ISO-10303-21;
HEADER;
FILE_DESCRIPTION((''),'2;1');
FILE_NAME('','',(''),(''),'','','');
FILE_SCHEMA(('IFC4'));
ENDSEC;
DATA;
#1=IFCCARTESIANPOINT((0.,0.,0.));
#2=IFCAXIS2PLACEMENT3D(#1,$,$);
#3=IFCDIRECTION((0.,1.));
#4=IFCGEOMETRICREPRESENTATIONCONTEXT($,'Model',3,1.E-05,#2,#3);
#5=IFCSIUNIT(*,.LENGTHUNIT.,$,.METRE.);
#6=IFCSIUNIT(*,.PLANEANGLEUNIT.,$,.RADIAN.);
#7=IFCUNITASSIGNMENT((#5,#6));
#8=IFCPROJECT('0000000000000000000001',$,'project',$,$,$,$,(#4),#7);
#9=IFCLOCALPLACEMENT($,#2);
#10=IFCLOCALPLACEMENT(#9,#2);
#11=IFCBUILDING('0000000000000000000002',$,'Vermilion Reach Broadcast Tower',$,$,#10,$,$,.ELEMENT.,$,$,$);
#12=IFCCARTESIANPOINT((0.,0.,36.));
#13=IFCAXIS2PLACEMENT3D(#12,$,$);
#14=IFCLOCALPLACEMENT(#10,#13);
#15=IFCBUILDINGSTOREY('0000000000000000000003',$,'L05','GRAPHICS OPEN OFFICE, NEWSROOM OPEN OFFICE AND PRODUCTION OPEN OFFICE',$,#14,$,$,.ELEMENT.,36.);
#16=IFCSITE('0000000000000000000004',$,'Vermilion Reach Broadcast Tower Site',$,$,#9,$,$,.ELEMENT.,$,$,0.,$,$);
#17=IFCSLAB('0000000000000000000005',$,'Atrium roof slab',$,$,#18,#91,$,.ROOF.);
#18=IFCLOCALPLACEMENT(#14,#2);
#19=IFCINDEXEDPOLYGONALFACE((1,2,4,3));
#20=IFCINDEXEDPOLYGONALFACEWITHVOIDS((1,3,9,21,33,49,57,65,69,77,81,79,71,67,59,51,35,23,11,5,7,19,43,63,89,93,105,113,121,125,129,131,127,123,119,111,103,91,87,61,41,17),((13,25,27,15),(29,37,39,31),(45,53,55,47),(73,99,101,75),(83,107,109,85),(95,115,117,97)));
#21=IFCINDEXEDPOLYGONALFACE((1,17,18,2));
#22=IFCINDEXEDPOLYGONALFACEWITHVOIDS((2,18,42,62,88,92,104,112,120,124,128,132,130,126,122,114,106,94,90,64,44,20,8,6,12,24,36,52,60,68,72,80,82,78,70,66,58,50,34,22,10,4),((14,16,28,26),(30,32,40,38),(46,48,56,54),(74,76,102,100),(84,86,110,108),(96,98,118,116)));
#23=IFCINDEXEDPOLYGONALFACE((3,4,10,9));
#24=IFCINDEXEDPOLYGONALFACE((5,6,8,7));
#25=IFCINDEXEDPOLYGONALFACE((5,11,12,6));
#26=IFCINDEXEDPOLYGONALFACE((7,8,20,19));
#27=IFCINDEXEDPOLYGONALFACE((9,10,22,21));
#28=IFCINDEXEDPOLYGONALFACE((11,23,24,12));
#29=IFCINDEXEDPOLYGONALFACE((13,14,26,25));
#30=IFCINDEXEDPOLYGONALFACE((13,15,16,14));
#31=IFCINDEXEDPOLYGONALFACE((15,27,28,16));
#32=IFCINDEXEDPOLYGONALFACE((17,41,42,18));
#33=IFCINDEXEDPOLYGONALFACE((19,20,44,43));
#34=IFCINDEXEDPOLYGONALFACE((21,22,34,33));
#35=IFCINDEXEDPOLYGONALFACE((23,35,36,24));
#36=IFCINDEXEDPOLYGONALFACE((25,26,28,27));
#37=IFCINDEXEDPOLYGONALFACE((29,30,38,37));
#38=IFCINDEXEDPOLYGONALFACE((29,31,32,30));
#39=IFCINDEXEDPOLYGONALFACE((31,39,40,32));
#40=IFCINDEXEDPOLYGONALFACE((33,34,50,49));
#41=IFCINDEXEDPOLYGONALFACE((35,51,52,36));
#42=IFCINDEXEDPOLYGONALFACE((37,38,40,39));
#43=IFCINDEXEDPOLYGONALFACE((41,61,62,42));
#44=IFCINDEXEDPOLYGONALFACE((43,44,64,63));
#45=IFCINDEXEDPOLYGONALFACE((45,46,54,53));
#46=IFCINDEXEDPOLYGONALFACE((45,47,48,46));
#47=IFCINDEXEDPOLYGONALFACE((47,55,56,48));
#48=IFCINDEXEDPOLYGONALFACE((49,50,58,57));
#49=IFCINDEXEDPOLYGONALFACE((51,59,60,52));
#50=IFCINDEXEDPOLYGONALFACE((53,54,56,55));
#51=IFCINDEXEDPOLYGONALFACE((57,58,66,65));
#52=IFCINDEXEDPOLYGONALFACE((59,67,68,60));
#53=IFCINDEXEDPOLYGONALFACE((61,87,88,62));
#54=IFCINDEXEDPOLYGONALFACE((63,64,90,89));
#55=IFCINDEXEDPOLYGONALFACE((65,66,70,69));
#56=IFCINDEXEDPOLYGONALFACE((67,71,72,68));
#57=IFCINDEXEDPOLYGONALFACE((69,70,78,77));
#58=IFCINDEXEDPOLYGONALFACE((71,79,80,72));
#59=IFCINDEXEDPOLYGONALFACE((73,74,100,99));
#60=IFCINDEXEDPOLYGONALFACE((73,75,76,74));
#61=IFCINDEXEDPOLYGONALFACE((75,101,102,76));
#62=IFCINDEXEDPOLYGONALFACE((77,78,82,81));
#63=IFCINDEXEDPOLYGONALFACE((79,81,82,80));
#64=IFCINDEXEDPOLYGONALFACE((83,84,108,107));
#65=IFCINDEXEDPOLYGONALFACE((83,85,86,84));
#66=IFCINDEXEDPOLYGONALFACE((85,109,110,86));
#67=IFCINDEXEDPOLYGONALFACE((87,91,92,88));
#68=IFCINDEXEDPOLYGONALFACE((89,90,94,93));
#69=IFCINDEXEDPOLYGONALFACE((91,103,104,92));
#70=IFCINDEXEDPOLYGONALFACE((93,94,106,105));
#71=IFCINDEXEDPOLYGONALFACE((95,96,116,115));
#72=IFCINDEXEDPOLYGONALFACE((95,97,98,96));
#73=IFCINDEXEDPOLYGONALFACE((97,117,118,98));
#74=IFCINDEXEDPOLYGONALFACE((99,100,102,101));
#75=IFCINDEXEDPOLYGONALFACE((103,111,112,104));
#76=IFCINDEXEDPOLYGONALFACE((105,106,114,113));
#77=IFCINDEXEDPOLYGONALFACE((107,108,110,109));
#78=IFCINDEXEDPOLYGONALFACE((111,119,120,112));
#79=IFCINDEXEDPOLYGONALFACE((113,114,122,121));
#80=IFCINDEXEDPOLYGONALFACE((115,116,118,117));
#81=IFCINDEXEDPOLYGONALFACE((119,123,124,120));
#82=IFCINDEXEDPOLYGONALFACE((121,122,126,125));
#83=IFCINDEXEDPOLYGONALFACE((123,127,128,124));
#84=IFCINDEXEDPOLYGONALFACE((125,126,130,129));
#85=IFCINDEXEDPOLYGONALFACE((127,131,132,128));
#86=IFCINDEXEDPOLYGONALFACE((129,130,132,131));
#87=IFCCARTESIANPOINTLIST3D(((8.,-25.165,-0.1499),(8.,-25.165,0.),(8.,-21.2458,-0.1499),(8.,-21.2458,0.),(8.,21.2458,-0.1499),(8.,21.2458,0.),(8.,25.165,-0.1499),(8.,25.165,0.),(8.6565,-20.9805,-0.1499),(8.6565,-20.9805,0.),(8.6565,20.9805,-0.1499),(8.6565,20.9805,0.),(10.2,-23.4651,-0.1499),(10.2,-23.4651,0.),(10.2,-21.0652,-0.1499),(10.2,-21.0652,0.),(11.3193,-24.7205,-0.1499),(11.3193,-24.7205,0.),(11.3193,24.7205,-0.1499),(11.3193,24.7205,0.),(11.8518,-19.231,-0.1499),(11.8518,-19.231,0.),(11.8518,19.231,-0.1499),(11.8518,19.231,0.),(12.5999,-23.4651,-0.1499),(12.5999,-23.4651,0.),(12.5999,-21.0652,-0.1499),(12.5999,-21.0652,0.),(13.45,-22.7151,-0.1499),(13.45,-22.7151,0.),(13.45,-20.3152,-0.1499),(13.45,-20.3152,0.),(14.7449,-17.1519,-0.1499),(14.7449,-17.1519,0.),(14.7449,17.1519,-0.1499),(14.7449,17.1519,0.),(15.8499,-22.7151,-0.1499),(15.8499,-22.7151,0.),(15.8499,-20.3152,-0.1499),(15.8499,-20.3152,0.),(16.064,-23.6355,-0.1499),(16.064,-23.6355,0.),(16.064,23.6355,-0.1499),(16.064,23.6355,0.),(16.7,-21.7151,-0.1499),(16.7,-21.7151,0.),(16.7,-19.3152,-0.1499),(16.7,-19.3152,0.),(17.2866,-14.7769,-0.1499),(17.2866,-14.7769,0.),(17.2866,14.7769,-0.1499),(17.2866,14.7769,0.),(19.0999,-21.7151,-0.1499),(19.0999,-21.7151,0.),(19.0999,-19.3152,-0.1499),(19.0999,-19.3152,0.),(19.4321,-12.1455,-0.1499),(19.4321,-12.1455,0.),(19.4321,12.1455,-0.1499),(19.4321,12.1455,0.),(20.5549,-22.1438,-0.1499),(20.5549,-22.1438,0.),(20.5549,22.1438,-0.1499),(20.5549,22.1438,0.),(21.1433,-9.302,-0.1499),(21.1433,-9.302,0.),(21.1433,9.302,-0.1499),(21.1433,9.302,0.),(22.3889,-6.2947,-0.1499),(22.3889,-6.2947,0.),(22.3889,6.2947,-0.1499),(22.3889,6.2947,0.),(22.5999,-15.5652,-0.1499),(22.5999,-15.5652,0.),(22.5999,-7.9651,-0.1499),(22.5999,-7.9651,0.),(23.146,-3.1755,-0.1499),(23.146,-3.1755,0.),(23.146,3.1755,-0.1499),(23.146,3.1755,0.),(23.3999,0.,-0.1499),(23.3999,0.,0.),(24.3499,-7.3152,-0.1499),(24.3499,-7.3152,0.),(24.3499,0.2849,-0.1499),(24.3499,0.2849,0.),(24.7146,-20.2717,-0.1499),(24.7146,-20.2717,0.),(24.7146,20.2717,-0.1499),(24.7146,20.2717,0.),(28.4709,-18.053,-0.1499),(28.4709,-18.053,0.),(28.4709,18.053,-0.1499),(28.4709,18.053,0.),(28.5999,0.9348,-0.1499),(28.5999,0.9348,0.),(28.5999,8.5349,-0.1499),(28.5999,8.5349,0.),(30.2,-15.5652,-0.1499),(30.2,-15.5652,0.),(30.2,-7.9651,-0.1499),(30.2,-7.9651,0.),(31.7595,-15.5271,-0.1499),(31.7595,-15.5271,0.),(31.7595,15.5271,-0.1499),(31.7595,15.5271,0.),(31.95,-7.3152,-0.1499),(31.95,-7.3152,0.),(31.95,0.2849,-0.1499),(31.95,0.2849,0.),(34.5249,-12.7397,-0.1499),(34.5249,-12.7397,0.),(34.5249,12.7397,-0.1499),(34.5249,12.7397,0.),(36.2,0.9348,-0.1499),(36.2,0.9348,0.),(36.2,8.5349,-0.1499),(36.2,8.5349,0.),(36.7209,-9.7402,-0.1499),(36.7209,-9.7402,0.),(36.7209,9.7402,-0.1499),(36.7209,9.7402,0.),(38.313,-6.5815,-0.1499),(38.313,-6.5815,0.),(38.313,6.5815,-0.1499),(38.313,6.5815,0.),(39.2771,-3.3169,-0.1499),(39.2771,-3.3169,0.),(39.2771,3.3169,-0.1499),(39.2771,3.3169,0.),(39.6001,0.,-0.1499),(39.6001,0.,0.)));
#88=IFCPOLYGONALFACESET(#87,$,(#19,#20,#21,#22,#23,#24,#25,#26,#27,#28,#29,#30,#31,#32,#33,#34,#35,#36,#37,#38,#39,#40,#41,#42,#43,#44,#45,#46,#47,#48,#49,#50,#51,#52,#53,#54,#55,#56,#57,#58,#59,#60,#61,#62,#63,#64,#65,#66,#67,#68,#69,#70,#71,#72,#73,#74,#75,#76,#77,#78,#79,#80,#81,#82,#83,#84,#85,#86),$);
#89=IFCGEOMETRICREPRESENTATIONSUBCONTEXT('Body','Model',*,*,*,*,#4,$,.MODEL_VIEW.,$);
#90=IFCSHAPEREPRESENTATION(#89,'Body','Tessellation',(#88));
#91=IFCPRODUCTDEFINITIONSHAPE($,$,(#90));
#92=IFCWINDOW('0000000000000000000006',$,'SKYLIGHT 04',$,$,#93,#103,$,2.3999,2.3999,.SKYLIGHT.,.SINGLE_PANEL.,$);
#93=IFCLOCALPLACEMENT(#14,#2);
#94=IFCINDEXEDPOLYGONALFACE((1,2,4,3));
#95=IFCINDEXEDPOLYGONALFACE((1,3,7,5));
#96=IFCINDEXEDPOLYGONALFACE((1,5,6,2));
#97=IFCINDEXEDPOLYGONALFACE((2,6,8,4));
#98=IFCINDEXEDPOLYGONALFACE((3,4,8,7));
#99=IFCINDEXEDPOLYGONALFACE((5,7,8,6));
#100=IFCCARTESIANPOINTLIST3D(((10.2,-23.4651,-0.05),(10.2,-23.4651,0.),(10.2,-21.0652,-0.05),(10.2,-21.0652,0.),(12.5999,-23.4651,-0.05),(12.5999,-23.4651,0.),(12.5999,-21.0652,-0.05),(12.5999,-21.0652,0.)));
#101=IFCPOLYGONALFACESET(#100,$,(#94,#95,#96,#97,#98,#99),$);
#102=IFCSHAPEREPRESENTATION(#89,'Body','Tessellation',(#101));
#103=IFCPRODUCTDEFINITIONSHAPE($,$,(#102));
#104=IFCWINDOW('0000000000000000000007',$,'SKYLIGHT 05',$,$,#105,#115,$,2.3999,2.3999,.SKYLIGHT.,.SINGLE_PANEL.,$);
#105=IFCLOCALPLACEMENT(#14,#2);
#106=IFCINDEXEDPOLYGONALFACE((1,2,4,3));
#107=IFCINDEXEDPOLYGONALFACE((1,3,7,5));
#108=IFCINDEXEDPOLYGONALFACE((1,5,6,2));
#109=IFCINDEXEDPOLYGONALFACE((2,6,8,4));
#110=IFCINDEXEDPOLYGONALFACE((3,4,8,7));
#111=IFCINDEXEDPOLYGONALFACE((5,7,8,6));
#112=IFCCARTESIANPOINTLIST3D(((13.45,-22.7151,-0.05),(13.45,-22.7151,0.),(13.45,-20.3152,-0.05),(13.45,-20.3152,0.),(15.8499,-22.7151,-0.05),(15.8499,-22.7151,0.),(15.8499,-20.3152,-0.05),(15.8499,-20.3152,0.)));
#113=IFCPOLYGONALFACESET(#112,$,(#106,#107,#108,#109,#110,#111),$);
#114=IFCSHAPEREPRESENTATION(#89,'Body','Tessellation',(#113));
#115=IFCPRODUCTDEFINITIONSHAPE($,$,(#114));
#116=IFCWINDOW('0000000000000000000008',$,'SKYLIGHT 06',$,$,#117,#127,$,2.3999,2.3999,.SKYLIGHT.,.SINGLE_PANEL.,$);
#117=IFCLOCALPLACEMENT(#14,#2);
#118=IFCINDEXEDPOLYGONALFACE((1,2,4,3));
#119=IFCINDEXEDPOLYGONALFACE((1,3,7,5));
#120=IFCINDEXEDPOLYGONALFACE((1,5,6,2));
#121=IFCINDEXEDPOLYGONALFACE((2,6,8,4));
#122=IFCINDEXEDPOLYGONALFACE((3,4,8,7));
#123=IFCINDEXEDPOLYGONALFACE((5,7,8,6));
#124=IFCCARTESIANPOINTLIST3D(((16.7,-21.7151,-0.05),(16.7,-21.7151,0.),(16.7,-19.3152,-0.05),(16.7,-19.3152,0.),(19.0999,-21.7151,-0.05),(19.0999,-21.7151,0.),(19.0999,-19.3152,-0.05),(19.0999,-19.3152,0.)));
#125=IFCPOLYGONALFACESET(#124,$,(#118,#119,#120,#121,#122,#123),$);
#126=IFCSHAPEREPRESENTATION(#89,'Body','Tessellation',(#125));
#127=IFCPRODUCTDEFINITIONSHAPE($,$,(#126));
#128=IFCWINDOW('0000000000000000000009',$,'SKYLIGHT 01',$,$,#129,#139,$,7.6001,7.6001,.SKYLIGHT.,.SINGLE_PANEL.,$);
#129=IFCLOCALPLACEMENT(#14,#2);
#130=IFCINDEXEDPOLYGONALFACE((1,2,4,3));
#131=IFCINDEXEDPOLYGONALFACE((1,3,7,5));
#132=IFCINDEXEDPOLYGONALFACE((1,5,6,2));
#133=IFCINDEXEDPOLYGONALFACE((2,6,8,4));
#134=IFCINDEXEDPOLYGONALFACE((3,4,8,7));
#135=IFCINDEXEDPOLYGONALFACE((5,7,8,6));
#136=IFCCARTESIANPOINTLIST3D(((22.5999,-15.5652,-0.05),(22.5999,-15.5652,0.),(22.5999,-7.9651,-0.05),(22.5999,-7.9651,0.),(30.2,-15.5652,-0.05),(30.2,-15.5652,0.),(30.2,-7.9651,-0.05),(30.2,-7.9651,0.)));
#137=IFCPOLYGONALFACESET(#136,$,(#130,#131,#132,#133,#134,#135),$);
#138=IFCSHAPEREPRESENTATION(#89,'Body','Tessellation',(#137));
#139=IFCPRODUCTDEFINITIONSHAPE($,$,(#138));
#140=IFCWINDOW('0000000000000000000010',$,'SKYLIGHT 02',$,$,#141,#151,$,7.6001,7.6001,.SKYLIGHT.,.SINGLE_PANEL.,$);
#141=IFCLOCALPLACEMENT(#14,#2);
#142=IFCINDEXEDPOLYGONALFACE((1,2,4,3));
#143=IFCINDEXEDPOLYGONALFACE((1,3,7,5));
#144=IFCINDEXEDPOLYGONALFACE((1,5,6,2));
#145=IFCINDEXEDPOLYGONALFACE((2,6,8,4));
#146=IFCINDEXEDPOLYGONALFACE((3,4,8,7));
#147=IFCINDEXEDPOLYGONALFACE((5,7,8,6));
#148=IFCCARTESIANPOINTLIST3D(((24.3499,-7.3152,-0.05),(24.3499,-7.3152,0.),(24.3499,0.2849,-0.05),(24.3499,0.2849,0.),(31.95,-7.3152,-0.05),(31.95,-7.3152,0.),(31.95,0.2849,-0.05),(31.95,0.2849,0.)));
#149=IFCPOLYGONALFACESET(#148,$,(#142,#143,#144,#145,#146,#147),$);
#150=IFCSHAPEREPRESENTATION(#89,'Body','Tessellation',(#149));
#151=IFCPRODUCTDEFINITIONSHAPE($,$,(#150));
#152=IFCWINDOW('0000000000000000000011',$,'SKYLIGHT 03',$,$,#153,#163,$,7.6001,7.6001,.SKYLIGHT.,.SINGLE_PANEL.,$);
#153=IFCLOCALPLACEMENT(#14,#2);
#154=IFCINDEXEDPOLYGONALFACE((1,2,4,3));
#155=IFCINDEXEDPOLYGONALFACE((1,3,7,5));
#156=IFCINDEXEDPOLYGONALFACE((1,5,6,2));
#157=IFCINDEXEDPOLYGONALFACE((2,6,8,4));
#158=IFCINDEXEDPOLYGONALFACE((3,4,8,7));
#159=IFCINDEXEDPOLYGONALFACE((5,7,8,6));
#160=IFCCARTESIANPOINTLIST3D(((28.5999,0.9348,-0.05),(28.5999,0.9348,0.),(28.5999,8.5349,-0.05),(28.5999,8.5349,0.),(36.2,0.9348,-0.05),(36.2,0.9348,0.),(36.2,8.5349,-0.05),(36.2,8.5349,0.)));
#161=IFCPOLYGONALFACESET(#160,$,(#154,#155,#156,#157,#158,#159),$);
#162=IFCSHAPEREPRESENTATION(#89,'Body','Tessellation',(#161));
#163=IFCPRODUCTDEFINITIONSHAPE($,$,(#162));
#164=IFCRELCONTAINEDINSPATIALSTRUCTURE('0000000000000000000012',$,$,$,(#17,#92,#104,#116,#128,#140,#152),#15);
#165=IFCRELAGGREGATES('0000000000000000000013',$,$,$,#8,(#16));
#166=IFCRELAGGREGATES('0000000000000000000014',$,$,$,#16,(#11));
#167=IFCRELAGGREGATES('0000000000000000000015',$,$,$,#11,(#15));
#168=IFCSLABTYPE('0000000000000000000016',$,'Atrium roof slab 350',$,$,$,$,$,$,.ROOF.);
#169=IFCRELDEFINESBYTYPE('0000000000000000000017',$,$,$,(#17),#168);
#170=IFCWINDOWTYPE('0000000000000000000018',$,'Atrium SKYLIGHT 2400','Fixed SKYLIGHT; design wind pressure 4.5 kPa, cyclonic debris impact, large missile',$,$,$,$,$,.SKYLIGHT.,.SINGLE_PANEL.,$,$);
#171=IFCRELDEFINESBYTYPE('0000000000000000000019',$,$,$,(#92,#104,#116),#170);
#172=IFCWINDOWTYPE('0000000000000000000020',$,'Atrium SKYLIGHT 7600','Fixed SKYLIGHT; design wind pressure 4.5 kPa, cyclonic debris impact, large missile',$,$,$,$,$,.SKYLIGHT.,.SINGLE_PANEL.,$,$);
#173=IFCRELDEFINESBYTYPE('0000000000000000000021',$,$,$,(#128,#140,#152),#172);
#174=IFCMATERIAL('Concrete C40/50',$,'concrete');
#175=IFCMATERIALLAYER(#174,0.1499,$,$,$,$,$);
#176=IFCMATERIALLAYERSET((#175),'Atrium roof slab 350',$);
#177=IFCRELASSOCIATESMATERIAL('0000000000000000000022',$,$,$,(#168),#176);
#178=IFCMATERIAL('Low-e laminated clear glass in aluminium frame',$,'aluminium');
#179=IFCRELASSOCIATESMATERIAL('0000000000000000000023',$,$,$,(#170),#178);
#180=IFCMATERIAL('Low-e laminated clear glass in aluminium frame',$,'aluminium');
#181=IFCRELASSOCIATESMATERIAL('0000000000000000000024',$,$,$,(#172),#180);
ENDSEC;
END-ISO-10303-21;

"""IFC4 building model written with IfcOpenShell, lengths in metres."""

from ifc_helpers import new_model, si_unit, direction, frame, origin, origin_2d, place, context, subcontext, project, spatial, polyline, rectangle, outline, extrude, material, layer, layer_set, type_object, element, fill, save


model = new_model("IFC4")

# Units and contexts
model_context = context("Model", 3, precision=1e-05, world=origin(), true_north=direction((0.0, 1.0)))
body_context = subcontext(model_context, "Body", "Model", "MODEL_VIEW")
ifc_project = project(units=[si_unit("LENGTHUNIT", "METRE"), si_unit("PLANEANGLEUNIT", "RADIAN")], contexts=[model_context])

# Site, building, storey
site_placement = place(None, origin())
site = spatial("IfcSite", under=ifc_project, at=site_placement, Name="Vermilion Reach Broadcast Tower Site", CompositionType="ELEMENT", RefElevation=0.0)
building_placement = place(site_placement, origin())
building = spatial("IfcBuilding", under=site, at=building_placement, Name="Vermilion Reach Broadcast Tower", CompositionType="ELEMENT")
storey_placement = place(building_placement, frame((0.0, 0.0, 36.0)))
storey = spatial("IfcBuildingStorey", under=building, at=storey_placement, Name="L05", Description="GRAPHICS OPEN OFFICE, NEWSROOM OPEN OFFICE AND PRODUCTION OPEN OFFICE", CompositionType="ELEMENT", Elevation=36.0)

# Slab, openings, windows
ifc_material_1 = material(Name="Concrete C40/50", Category="concrete")
ifc_layer_1 = layer(ifc_material_1, 0.1499)
ifc_layer_set_1 = layer_set([ifc_layer_1], Name="Atrium roof slab 350")
slab_type_1 = type_object("IfcSlabType", Name="Atrium roof slab 350", PredefinedType="ROOF", material=ifc_layer_set_1)
placement_1 = place(storey_placement, frame((0.0, 0.0, -0.1499)))
slab_1 = element("IfcSlab", 1, at=placement_1, inside=storey, type_object=slab_type_1, Name="Atrium roof slab", PredefinedType="ROOF", context=body_context, shape_type="SweptSolid", body=[
    extrude(outline(polyline([(8.0, 25.165), (8.0, 21.2458), (8.6565, 20.9805), (11.8518, 19.231), (14.7449, 17.1519), (17.2866, 14.7769), (19.4321, 12.1455), (21.1433, 9.302), (22.3889, 6.2947), (23.146, 3.1755), (23.3999, 0.0), (23.146, -3.1755), (22.3889, -6.2947), (21.1433, -9.302), (19.4321, -12.1455), (17.2866, -14.7769), (14.7449, -17.1519), (11.8518, -19.231), (8.6565, -20.9805), (8.0, -21.2458), (8.0, -25.165), (11.3193, -24.7205), (16.064, -23.6355), (20.5549, -22.1438), (24.7146, -20.2717), (28.4709, -18.053), (31.7595, -15.5271), (34.5249, -12.7397), (36.7209, -9.7402), (38.313, -6.5815), (39.2771, -3.3169), (39.6001, 0.0), (39.2771, 3.3169), (38.313, 6.5815), (36.7209, 9.7402), (34.5249, 12.7397), (31.7595, 15.5271), (28.4709, 18.053), (24.7146, 20.2717), (20.5549, 22.1438), (16.064, 23.6355), (11.3193, 24.7205), (8.0, 25.165)])), origin(), (0.0, 0.0, 1.0), 0.1499),
])
opening_1_placement = place(placement_1, frame((26.3999, -11.7651, 0.0)))
opening_1 = element("IfcOpeningElement", 2, at=opening_1_placement, cuts=slab_1, PredefinedType="OPENING", context=body_context, shape_type="SweptSolid", body=[
    extrude(rectangle(XDim=7.6001, YDim=7.6001, at=origin_2d()), origin(), (0.0, 0.0, 1.0), 0.1499),
])
opening_2_placement = place(placement_1, frame((28.1499, -3.5151, 0.0)))
opening_2 = element("IfcOpeningElement", 3, at=opening_2_placement, cuts=slab_1, PredefinedType="OPENING", context=body_context, shape_type="SweptSolid", body=[
    extrude(rectangle(XDim=7.6001, YDim=7.6001, at=origin_2d()), origin(), (0.0, 0.0, 1.0), 0.1499),
])
opening_3_placement = place(placement_1, frame((32.3999, 4.7349, 0.0)))
opening_3 = element("IfcOpeningElement", 4, at=opening_3_placement, cuts=slab_1, PredefinedType="OPENING", context=body_context, shape_type="SweptSolid", body=[
    extrude(rectangle(XDim=7.6001, YDim=7.6001, at=origin_2d()), origin(), (0.0, 0.0, 1.0), 0.1499),
])
opening_4_placement = place(placement_1, frame((11.3999, -22.2651, 0.0)))
opening_4 = element("IfcOpeningElement", 5, at=opening_4_placement, cuts=slab_1, PredefinedType="OPENING", context=body_context, shape_type="SweptSolid", body=[
    extrude(rectangle(XDim=2.3999, YDim=2.3999, at=origin_2d()), origin(), (0.0, 0.0, 1.0), 0.1499),
])
opening_5_placement = place(placement_1, frame((14.6499, -21.5151, 0.0)))
opening_5 = element("IfcOpeningElement", 6, at=opening_5_placement, cuts=slab_1, PredefinedType="OPENING", context=body_context, shape_type="SweptSolid", body=[
    extrude(rectangle(XDim=2.3999, YDim=2.3999, at=origin_2d()), origin(), (0.0, 0.0, 1.0), 0.1499),
])
opening_6_placement = place(placement_1, frame((17.8999, -20.5151, 0.0)))
opening_6 = element("IfcOpeningElement", 7, at=opening_6_placement, cuts=slab_1, PredefinedType="OPENING", context=body_context, shape_type="SweptSolid", body=[
    extrude(rectangle(XDim=2.3999, YDim=2.3999, at=origin_2d()), origin(), (0.0, 0.0, 1.0), 0.1499),
])
ifc_material_2 = material(Name="Low-e laminated clear glass in aluminium frame", Category="aluminium")
window_type_1 = type_object("IfcWindowType", Name="Atrium SKYLIGHT 2400", Description="Fixed SKYLIGHT; design wind pressure 4.5 kPa, cyclonic debris impact, large missile", PartitioningType="SINGLE_PANEL", PredefinedType="SKYLIGHT", material=ifc_material_2)
window_1_placement = place(opening_4_placement, frame((0.0, 0.0, 0.0999)))
window_1 = element("IfcWindow", 8, at=window_1_placement, inside=storey, type_object=window_type_1, Name="SKYLIGHT 04", OverallHeight=2.3999, OverallWidth=2.3999, PartitioningType="SINGLE_PANEL", PredefinedType="SKYLIGHT", context=body_context, shape_type="SweptSolid", body=[
    extrude(rectangle(XDim=2.3999, YDim=2.3999, at=origin_2d()), origin(), (0.0, 0.0, 1.0), 0.05),
])
fill(opening_4, window_1)
window_2_placement = place(opening_5_placement, frame((0.0, 0.0, 0.0999)))
window_2 = element("IfcWindow", 9, at=window_2_placement, inside=storey, type_object=window_type_1, Name="SKYLIGHT 05", OverallHeight=2.3999, OverallWidth=2.3999, PartitioningType="SINGLE_PANEL", PredefinedType="SKYLIGHT", context=body_context, shape_type="SweptSolid", body=[
    extrude(rectangle(XDim=2.3999, YDim=2.3999, at=origin_2d()), origin(), (0.0, 0.0, 1.0), 0.05),
])
fill(opening_5, window_2)
window_3_placement = place(opening_6_placement, frame((0.0, 0.0, 0.0999)))
window_3 = element("IfcWindow", 10, at=window_3_placement, inside=storey, type_object=window_type_1, Name="SKYLIGHT 06", OverallHeight=2.3999, OverallWidth=2.3999, PartitioningType="SINGLE_PANEL", PredefinedType="SKYLIGHT", context=body_context, shape_type="SweptSolid", body=[
    extrude(rectangle(XDim=2.3999, YDim=2.3999, at=origin_2d()), origin(), (0.0, 0.0, 1.0), 0.05),
])
fill(opening_6, window_3)
ifc_material_3 = material(Name="Low-e laminated clear glass in aluminium frame", Category="aluminium")
window_type_2 = type_object("IfcWindowType", Name="Atrium SKYLIGHT 7600", Description="Fixed SKYLIGHT; design wind pressure 4.5 kPa, cyclonic debris impact, large missile", PartitioningType="SINGLE_PANEL", PredefinedType="SKYLIGHT", material=ifc_material_3)
window_4_placement = place(opening_1_placement, frame((0.0, 0.0, 0.0999)))
window_4 = element("IfcWindow", 11, at=window_4_placement, inside=storey, type_object=window_type_2, Name="SKYLIGHT 01", OverallHeight=7.6001, OverallWidth=7.6001, PartitioningType="SINGLE_PANEL", PredefinedType="SKYLIGHT", context=body_context, shape_type="SweptSolid", body=[
    extrude(rectangle(XDim=7.6001, YDim=7.6001, at=origin_2d()), origin(), (0.0, 0.0, 1.0), 0.05),
])
fill(opening_1, window_4)
window_5_placement = place(opening_2_placement, frame((0.0, 0.0, 0.0999)))
window_5 = element("IfcWindow", 12, at=window_5_placement, inside=storey, type_object=window_type_2, Name="SKYLIGHT 02", OverallHeight=7.6001, OverallWidth=7.6001, PartitioningType="SINGLE_PANEL", PredefinedType="SKYLIGHT", context=body_context, shape_type="SweptSolid", body=[
    extrude(rectangle(XDim=7.6001, YDim=7.6001, at=origin_2d()), origin(), (0.0, 0.0, 1.0), 0.05),
])
fill(opening_2, window_5)
window_6_placement = place(opening_3_placement, frame((0.0, 0.0, 0.0999)))
window_6 = element("IfcWindow", 13, at=window_6_placement, inside=storey, type_object=window_type_2, Name="SKYLIGHT 03", OverallHeight=7.6001, OverallWidth=7.6001, PartitioningType="SINGLE_PANEL", PredefinedType="SKYLIGHT", context=body_context, shape_type="SweptSolid", body=[
    extrude(rectangle(XDim=7.6001, YDim=7.6001, at=origin_2d()), origin(), (0.0, 0.0, 1.0), 0.05),
])
fill(opening_3, window_6)

save(model, "model.ifc")
